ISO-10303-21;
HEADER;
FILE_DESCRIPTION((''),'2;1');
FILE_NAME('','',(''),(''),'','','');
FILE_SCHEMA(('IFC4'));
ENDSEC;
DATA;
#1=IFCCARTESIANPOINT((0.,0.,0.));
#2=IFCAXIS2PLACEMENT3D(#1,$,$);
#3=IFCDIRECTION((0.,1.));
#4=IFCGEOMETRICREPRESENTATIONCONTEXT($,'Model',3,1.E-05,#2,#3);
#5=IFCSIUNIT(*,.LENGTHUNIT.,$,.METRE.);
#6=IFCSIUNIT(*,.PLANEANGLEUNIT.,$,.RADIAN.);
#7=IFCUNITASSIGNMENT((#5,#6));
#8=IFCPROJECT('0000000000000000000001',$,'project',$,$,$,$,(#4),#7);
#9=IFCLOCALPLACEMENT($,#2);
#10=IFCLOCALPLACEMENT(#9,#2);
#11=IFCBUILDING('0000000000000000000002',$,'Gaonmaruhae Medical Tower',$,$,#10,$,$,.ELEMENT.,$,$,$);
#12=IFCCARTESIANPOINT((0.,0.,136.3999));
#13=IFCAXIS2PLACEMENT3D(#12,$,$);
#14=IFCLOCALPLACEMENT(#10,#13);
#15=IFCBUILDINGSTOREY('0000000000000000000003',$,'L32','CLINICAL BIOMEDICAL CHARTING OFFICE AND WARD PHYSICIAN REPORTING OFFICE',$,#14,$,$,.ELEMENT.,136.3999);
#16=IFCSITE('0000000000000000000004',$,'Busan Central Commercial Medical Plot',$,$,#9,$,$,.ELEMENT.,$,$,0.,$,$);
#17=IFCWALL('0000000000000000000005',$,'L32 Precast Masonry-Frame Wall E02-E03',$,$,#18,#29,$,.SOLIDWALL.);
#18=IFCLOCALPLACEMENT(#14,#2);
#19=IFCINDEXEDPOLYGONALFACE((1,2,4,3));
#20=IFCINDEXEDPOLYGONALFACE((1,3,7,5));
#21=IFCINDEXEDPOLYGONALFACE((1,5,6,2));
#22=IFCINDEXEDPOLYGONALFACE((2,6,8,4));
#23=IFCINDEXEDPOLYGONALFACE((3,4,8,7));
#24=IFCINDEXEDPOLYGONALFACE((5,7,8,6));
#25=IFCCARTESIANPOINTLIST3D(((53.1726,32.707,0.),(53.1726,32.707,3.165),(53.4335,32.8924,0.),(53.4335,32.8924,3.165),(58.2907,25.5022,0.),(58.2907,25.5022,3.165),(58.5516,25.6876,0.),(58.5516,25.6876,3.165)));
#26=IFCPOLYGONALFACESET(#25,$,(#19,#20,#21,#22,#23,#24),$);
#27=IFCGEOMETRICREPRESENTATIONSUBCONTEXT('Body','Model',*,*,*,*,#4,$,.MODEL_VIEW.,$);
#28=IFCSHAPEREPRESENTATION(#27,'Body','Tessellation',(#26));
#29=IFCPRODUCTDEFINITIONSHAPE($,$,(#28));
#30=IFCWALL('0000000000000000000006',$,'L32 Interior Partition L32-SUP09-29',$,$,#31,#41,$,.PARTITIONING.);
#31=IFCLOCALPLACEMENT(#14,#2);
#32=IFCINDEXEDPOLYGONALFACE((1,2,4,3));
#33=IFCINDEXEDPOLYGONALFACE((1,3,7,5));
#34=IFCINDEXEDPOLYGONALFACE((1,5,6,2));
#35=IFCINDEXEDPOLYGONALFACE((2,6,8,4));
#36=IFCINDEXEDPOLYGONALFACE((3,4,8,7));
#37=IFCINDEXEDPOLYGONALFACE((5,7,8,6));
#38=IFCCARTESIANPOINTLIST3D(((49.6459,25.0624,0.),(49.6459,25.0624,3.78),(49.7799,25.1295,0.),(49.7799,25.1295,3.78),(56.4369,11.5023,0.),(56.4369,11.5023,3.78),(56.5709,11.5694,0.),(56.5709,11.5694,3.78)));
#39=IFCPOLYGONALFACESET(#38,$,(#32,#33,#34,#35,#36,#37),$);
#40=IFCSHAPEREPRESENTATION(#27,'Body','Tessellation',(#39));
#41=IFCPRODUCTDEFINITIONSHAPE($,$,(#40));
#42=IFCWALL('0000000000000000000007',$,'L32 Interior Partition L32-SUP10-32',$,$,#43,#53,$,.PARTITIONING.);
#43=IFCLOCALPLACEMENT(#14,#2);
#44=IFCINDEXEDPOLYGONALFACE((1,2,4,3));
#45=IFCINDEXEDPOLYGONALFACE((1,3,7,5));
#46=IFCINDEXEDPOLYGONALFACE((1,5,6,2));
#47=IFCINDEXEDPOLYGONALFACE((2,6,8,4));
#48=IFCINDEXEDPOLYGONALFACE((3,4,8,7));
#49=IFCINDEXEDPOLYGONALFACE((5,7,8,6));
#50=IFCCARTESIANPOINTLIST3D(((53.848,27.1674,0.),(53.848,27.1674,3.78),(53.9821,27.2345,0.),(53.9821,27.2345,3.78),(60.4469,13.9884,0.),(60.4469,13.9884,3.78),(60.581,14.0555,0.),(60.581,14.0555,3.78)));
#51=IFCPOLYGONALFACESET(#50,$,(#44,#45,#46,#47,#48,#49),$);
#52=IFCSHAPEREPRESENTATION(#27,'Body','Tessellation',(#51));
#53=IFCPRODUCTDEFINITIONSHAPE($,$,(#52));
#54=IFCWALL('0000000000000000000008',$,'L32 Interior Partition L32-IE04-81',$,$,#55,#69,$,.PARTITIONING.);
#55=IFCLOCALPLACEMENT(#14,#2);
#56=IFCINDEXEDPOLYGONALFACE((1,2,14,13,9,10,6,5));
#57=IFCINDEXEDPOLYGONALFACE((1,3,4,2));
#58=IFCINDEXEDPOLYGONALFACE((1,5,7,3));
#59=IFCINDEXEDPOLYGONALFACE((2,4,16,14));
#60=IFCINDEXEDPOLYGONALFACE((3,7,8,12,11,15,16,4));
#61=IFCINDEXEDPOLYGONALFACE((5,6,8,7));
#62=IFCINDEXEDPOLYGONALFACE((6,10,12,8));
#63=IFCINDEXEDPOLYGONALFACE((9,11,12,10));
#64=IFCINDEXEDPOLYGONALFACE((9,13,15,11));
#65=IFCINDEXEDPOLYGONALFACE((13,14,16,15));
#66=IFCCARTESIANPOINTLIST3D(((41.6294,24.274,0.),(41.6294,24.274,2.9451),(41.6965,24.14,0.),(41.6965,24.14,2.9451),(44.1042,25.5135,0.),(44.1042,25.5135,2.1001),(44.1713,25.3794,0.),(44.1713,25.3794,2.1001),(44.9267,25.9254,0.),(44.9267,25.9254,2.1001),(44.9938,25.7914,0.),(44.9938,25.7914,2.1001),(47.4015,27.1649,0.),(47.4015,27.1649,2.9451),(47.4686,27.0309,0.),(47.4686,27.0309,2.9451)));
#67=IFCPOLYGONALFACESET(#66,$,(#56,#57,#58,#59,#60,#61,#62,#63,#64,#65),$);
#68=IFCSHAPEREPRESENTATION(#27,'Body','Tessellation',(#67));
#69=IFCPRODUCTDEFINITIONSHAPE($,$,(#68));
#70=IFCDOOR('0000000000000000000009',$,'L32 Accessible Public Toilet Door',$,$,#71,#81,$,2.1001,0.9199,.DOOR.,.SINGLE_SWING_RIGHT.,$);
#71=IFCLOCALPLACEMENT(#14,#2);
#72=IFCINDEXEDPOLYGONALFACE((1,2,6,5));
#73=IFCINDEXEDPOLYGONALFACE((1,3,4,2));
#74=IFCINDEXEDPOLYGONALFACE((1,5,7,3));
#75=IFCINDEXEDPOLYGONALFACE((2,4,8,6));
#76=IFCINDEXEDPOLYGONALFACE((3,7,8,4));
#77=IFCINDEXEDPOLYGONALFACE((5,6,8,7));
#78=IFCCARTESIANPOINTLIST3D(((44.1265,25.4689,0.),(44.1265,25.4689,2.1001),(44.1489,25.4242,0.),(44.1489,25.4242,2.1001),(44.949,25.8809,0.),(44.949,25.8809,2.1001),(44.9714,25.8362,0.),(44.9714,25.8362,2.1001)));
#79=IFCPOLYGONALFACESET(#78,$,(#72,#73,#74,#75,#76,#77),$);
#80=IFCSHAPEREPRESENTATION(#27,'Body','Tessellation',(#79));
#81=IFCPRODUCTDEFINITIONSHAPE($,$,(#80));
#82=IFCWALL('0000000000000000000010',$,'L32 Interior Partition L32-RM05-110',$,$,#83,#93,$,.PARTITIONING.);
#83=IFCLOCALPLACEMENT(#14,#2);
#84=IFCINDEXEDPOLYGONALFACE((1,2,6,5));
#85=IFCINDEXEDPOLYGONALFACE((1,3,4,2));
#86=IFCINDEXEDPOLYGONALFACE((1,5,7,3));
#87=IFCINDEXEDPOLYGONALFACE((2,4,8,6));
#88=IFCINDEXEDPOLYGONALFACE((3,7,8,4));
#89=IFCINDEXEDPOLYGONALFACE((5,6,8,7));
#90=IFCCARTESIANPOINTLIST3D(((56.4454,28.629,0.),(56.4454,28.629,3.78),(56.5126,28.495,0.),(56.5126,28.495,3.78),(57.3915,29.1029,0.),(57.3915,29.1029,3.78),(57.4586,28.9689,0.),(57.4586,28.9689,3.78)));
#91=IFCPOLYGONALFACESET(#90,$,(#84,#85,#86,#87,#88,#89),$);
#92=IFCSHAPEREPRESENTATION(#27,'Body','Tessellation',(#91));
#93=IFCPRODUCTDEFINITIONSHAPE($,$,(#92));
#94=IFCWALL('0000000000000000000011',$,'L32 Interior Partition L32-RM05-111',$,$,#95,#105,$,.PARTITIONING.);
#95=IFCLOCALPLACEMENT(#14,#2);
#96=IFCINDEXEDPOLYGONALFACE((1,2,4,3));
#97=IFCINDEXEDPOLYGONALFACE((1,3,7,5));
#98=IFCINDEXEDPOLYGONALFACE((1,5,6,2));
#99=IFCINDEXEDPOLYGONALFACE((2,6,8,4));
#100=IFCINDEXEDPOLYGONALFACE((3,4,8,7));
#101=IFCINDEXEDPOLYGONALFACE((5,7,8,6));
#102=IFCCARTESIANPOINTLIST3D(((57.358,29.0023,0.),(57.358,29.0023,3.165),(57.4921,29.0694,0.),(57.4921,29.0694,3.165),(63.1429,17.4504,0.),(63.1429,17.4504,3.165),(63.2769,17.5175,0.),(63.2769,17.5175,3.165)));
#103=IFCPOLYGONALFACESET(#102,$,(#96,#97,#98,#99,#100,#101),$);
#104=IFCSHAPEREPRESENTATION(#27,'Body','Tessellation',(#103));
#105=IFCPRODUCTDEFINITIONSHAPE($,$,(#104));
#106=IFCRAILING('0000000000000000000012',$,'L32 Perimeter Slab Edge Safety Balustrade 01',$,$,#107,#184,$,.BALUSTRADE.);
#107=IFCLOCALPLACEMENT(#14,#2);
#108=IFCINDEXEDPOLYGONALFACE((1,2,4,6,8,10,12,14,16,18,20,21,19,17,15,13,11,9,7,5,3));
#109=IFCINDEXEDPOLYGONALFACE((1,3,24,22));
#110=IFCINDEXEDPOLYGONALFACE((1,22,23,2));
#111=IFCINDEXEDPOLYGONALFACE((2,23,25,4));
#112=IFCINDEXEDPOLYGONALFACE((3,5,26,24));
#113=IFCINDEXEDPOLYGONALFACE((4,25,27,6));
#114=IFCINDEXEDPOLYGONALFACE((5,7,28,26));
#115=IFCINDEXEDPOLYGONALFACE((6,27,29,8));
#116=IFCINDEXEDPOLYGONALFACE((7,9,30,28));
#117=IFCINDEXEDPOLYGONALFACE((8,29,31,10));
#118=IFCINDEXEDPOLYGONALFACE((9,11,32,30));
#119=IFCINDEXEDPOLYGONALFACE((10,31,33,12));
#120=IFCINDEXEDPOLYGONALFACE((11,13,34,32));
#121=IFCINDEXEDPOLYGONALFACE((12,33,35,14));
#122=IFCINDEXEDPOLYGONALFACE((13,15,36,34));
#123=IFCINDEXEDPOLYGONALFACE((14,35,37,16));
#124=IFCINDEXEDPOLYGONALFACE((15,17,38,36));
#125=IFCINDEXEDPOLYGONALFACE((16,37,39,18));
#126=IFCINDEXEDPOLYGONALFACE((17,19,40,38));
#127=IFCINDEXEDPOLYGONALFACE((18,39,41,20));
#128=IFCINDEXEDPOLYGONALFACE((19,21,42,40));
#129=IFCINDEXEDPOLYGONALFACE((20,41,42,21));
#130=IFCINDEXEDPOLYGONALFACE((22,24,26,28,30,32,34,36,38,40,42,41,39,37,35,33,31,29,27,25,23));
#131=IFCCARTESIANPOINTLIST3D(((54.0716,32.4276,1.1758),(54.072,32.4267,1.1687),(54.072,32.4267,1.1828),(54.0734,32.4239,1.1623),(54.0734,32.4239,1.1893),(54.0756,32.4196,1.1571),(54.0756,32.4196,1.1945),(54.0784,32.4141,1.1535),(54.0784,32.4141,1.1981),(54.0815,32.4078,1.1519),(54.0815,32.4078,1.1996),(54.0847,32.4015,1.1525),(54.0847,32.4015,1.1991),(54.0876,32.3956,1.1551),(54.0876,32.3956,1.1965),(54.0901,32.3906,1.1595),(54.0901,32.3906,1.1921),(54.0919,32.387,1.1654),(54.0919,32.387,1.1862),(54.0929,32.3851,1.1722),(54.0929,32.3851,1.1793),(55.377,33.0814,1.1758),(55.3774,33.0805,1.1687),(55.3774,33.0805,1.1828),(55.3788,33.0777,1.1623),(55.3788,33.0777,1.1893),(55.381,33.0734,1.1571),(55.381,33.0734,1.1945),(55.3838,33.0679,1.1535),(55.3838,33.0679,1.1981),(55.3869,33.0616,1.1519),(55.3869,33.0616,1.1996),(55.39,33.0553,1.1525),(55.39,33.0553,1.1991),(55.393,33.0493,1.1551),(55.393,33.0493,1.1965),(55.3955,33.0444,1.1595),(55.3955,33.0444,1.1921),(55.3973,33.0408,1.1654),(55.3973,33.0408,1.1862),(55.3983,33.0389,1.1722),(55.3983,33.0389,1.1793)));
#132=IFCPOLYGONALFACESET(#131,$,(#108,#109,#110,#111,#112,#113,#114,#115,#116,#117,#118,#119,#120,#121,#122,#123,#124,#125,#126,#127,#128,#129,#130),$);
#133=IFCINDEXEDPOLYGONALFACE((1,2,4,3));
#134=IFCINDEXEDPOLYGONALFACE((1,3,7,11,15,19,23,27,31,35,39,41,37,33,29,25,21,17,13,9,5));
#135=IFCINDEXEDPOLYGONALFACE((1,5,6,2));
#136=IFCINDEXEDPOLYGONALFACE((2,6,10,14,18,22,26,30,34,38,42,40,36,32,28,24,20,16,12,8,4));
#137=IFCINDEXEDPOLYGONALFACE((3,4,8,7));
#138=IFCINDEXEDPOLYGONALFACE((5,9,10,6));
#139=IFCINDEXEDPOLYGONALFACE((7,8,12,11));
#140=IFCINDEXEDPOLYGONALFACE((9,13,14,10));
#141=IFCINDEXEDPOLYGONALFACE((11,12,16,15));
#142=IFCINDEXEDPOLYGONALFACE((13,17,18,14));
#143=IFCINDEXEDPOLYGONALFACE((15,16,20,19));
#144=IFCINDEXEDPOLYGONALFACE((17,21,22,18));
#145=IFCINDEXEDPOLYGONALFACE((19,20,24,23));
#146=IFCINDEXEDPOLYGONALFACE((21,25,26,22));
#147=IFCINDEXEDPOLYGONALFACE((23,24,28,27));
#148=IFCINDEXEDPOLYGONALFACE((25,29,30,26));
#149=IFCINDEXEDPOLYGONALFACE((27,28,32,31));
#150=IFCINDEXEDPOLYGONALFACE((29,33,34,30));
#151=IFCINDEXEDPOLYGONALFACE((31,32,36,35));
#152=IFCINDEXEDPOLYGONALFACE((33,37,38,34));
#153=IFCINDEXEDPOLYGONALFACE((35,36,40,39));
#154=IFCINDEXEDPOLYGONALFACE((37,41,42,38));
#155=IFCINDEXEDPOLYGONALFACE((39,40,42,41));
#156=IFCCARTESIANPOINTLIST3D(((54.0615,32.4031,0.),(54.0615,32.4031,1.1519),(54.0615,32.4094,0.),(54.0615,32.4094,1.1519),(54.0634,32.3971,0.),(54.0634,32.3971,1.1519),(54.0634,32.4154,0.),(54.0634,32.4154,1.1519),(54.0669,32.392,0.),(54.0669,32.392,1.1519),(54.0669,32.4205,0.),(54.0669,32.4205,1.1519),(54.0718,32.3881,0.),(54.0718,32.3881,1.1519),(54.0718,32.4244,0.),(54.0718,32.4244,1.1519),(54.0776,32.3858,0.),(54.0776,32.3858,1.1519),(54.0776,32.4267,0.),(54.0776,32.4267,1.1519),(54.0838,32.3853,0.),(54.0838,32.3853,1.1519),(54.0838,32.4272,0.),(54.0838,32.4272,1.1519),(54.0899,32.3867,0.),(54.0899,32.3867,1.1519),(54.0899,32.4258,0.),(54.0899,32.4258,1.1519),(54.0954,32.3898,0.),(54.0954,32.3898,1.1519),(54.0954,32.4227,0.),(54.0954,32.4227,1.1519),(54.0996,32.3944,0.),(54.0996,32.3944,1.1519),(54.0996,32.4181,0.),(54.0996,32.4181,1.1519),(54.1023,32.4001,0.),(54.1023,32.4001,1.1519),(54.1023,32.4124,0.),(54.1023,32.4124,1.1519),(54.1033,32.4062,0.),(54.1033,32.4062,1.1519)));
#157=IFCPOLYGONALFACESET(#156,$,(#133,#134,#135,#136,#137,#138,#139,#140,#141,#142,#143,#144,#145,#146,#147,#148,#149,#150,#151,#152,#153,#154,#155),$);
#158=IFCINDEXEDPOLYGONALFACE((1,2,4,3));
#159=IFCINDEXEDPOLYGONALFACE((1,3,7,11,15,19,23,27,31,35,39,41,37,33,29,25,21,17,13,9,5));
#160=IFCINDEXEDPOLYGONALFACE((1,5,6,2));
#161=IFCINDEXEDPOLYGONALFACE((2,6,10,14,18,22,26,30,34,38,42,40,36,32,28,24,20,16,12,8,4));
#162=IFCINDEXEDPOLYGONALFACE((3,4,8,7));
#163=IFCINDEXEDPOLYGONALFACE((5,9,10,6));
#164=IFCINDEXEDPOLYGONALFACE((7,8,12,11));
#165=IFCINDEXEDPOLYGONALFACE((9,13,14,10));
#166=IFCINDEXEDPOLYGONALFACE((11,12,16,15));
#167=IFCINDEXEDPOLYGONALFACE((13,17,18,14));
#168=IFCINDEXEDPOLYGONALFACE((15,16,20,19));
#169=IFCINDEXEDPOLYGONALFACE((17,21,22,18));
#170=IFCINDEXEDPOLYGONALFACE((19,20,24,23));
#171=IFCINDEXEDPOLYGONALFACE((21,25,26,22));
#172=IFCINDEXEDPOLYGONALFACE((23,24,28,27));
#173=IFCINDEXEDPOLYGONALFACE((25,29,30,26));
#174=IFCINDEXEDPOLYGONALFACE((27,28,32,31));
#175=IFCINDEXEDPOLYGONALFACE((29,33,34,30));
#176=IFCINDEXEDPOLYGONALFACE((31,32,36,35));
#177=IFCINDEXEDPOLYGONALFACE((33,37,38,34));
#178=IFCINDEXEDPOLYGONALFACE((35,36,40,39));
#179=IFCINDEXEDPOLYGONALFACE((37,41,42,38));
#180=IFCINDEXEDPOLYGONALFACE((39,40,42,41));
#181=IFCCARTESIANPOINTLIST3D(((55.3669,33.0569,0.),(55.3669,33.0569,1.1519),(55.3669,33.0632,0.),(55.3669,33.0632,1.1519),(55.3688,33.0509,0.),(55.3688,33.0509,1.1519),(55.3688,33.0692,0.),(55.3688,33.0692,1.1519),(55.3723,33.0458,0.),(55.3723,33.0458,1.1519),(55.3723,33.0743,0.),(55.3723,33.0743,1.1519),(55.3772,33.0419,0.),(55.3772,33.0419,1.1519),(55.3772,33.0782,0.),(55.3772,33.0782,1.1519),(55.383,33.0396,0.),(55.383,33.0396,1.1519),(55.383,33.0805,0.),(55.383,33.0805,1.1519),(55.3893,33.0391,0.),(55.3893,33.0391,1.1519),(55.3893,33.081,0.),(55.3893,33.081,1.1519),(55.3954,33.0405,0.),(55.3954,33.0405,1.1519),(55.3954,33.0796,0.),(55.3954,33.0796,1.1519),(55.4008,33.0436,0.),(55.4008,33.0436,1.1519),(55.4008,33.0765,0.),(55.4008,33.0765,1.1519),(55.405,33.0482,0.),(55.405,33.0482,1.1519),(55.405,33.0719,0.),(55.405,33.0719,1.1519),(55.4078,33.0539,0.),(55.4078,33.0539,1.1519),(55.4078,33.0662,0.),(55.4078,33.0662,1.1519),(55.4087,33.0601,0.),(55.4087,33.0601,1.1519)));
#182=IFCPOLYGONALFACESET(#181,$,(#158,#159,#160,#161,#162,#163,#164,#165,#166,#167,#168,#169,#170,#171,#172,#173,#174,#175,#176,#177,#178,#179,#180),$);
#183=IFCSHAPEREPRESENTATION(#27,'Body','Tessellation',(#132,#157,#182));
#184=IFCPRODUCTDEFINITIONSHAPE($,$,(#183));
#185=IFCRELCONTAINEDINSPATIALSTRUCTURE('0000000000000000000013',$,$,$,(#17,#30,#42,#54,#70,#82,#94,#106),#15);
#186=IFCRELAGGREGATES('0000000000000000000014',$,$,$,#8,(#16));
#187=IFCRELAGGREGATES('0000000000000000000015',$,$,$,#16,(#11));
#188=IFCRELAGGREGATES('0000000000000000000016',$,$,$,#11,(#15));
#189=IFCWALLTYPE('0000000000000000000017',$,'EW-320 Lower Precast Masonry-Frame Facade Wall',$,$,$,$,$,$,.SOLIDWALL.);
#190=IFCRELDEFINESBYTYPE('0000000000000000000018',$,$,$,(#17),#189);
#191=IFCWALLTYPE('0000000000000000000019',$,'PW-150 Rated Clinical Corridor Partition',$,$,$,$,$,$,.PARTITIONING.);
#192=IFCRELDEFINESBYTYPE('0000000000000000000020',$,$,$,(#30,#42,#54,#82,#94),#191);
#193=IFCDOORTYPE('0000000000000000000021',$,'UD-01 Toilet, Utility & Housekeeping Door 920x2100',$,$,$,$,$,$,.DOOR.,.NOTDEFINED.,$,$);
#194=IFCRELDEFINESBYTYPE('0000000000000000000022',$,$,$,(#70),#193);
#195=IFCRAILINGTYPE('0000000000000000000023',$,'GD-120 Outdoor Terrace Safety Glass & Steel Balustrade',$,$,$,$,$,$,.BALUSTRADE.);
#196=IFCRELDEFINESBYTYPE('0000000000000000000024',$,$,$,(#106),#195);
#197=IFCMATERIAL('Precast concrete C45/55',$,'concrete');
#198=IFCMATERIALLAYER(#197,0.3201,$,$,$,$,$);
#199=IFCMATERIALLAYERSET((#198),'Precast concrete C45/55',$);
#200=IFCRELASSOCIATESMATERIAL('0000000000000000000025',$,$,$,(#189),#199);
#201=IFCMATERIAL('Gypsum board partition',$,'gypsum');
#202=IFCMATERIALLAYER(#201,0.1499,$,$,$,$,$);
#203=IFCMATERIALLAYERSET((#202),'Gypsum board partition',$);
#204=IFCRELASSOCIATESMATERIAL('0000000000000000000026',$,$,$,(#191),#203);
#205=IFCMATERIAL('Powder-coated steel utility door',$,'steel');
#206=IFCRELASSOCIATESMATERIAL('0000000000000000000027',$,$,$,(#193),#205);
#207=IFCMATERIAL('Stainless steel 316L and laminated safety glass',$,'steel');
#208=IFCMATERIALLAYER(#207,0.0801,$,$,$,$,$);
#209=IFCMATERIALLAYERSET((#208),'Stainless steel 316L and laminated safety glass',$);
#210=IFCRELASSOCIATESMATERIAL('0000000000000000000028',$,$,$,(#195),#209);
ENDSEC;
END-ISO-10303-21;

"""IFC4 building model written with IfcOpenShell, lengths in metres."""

from ifc_helpers import new_model, si_unit, direction, frame, frame_2d, origin, origin_2d, place, context, subcontext, project, spatial, rectangle, circle, extrude, material, layer, layer_set, type_object, element, fill, save


model = new_model("IFC4")

# Units and contexts
model_context = context("Model", 3, precision=1e-05, world=origin(), true_north=direction((0.0, 1.0)))
body_context = subcontext(model_context, "Body", "Model", "MODEL_VIEW")
ifc_project = project(units=[si_unit("LENGTHUNIT", "METRE"), si_unit("PLANEANGLEUNIT", "RADIAN")], contexts=[model_context])

# Site, building, storey
site_placement = place(None, origin())
site = spatial("IfcSite", under=ifc_project, at=site_placement, Name="Busan Central Commercial Medical Plot", CompositionType="ELEMENT", RefElevation=0.0)
building_placement = place(site_placement, origin())
building = spatial("IfcBuilding", under=site, at=building_placement, Name="Gaonmaruhae Medical Tower", CompositionType="ELEMENT")
storey_placement = place(building_placement, frame((0.0, 0.0, 136.3999)))
storey = spatial("IfcBuildingStorey", under=building, at=storey_placement, Name="L32", Description="CLINICAL BIOMEDICAL CHARTING OFFICE AND WARD PHYSICIAN REPORTING OFFICE", CompositionType="ELEMENT", Elevation=136.3999)

# Walls
ifc_material_1 = material(Name="Precast concrete C45/55", Category="concrete")
ifc_layer_1 = layer(ifc_material_1, 0.3201)
ifc_layer_set_1 = layer_set([ifc_layer_1], Name="Precast concrete C45/55")
wall_type_1 = type_object("IfcWallType", Name="EW-320 Lower Precast Masonry-Frame Facade Wall", PredefinedType="SOLIDWALL", material=ifc_layer_set_1)
wall_1_placement = place(storey_placement, frame((53.303, 32.7998, 0.0), z_axis=(0.0, 0.0, 1.0), x_axis=(0.579127, -0.815237, 0.0)))
element("IfcWall", 1, at=wall_1_placement, inside=storey, type_object=wall_type_1, Name="L32 Precast Masonry-Frame Wall E02-E03", PredefinedType="SOLIDWALL", context=body_context, shape_type="SweptSolid", body=[
    extrude(rectangle(XDim=8.8376, YDim=0.3201, at=frame_2d((4.4189, 0.0))), origin(), (0.0, 0.0, 1.0), 3.165),
])
ifc_material_2 = material(Name="Gypsum board partition", Category="gypsum")
ifc_layer_2 = layer(ifc_material_2, 0.1499)
ifc_layer_set_2 = layer_set([ifc_layer_2], Name="Gypsum board partition")
wall_type_2 = type_object("IfcWallType", Name="PW-150 Rated Clinical Corridor Partition", PredefinedType="PARTITIONING", material=ifc_layer_set_2)
wall_2_placement = place(storey_placement, frame((49.7129, 25.0959, 0.0), z_axis=(0.0, 0.0, 1.0), x_axis=(0.447793, -0.894137, 0.0)))
element("IfcWall", 2, at=wall_2_placement, inside=storey, type_object=wall_type_2, Name="L32 Interior Partition L32-SUP09-29", PredefinedType="PARTITIONING", context=body_context, shape_type="SweptSolid", body=[
    extrude(rectangle(XDim=15.1655, YDim=0.1499, at=frame_2d((7.5828, 0.0))), origin(), (0.0, 0.0, 1.0), 3.78),
])

# Wall
wall_3_placement = place(storey_placement, frame((53.915, 27.2009, 0.0), z_axis=(0.0, 0.0, 1.0), x_axis=(0.447724, -0.894172, 0.0)))
element("IfcWall", 3, at=wall_3_placement, inside=storey, type_object=wall_type_2, Name="L32 Interior Partition L32-SUP10-32", PredefinedType="PARTITIONING", context=body_context, shape_type="SweptSolid", body=[
    extrude(rectangle(XDim=14.7388, YDim=0.1499, at=frame_2d((7.3694, 0.0))), origin(), (0.0, 0.0, 1.0), 3.78),
])

# Wall, opening, door
wall_4_placement = place(storey_placement, frame((47.4351, 27.0979, 0.0), z_axis=(0.0, 0.0, 1.0), x_axis=(-0.894124, -0.447819, 0.0)))
wall_4 = element("IfcWall", 4, at=wall_4_placement, inside=storey, type_object=wall_type_2, Name="L32 Interior Partition L32-IE04-81", PredefinedType="PARTITIONING", context=body_context, shape_type="SweptSolid", body=[
    extrude(rectangle(XDim=6.4556, YDim=0.1499, at=frame_2d((3.2278, 0.0))), origin(), (0.0, 0.0, 1.0), 2.9451),
])
opening_1_placement = place(wall_4_placement, frame((2.7678, 0.0, 0.0)))
opening_1 = element("IfcOpeningElement", 5, at=opening_1_placement, cuts=wall_4, PredefinedType="OPENING", context=body_context, shape_type="SweptSolid", body=[
    extrude(rectangle(XDim=0.9199, YDim=2.1001, at=frame_2d((0.46, 1.05))), frame((0.0, 0.085, 0.0), z_axis=(0.0, -1.0, 0.0), x_axis=(1.0, 0.0, 0.0)), (0.0, 0.0, 1.0), 0.1699),
])
ifc_material_3 = material(Name="Powder-coated steel utility door", Category="steel")
door_type_1 = type_object("IfcDoorType", Name="UD-01 Toilet, Utility & Housekeeping Door 920x2100", OperationType="NOTDEFINED", PredefinedType="DOOR", material=ifc_material_3)
door_1_placement = place(opening_1_placement, origin())
door_1 = element("IfcDoor", 6, at=door_1_placement, inside=storey, type_object=door_type_1, Name="L32 Accessible Public Toilet Door", OperationType="SINGLE_SWING_RIGHT", OverallHeight=2.1001, OverallWidth=0.9199, PredefinedType="DOOR", context=body_context, shape_type="SweptSolid", body=[
    extrude(rectangle(XDim=0.9199, YDim=2.1001, at=frame_2d((0.46, 1.05))), frame((0.0, 0.0249, 0.0), z_axis=(0.0, -1.0, 0.0), x_axis=(1.0, 0.0, 0.0)), (0.0, 0.0, 1.0), 0.05),
])
fill(opening_1, door_1)

# Walls
wall_5_placement = place(storey_placement, frame((56.479, 28.562, 0.0), z_axis=(0.0, 0.0, 1.0), x_axis=(0.894104, 0.44786, 0.0)))
element("IfcWall", 7, at=wall_5_placement, inside=storey, type_object=wall_type_2, Name="L32 Interior Partition L32-RM05-110", PredefinedType="PARTITIONING", context=body_context, shape_type="SweptSolid", body=[
    extrude(rectangle(XDim=1.0581, YDim=0.1499, at=frame_2d((0.5291, 0.0))), origin(), (0.0, 0.0, 1.0), 3.78),
])
wall_6_placement = place(storey_placement, frame((57.425, 29.0359, 0.0), z_axis=(0.0, 0.0, 1.0), x_axis=(0.447765, -0.894151, 0.0)))
element("IfcWall", 8, at=wall_6_placement, inside=storey, type_object=wall_type_2, Name="L32 Interior Partition L32-RM05-111", PredefinedType="PARTITIONING", context=body_context, shape_type="SweptSolid", body=[
    extrude(rectangle(XDim=12.9194, YDim=0.1499, at=frame_2d((6.4597, 0.0))), origin(), (0.0, 0.0, 1.0), 3.165),
])

# Railing
ifc_material_4 = material(Name="Stainless steel 316L and laminated safety glass", Category="steel")
ifc_layer_3 = layer(ifc_material_4, 0.0801)
ifc_layer_set_3 = layer_set([ifc_layer_3], Name="Stainless steel 316L and laminated safety glass")
railing_type = type_object("IfcRailingType", Name="GD-120 Outdoor Terrace Safety Glass & Steel Balustrade", PredefinedType="BALUSTRADE", material=ifc_layer_set_3)
railing_1_placement = place(storey_placement, frame((54.0823, 32.4062, 0.0)))
element("IfcRailing", 9, at=railing_1_placement, inside=storey, type_object=railing_type, Name="L32 Perimeter Slab Edge Safety Balustrade 01", PredefinedType="BALUSTRADE", context=body_context, shape_type="SweptSolid", body=[
    extrude(circle(Radius=0.0239, at=origin_2d()), frame((0.0, 0.0, 1.1758), z_axis=(0.894126, 0.447815, 0.0), x_axis=(-0.447815, 0.894126, 0.0)), (0.0, 0.0, 1.0), 1.46),
    extrude(circle(Radius=0.021, at=origin_2d()), origin(), (0.0, 0.0, 1.0), 1.1519),
    extrude(circle(Radius=0.021, at=origin_2d()), frame((1.3054, 0.6538, 0.0)), (0.0, 0.0, 1.0), 1.1519),
])

save(model, "model.ifc")
